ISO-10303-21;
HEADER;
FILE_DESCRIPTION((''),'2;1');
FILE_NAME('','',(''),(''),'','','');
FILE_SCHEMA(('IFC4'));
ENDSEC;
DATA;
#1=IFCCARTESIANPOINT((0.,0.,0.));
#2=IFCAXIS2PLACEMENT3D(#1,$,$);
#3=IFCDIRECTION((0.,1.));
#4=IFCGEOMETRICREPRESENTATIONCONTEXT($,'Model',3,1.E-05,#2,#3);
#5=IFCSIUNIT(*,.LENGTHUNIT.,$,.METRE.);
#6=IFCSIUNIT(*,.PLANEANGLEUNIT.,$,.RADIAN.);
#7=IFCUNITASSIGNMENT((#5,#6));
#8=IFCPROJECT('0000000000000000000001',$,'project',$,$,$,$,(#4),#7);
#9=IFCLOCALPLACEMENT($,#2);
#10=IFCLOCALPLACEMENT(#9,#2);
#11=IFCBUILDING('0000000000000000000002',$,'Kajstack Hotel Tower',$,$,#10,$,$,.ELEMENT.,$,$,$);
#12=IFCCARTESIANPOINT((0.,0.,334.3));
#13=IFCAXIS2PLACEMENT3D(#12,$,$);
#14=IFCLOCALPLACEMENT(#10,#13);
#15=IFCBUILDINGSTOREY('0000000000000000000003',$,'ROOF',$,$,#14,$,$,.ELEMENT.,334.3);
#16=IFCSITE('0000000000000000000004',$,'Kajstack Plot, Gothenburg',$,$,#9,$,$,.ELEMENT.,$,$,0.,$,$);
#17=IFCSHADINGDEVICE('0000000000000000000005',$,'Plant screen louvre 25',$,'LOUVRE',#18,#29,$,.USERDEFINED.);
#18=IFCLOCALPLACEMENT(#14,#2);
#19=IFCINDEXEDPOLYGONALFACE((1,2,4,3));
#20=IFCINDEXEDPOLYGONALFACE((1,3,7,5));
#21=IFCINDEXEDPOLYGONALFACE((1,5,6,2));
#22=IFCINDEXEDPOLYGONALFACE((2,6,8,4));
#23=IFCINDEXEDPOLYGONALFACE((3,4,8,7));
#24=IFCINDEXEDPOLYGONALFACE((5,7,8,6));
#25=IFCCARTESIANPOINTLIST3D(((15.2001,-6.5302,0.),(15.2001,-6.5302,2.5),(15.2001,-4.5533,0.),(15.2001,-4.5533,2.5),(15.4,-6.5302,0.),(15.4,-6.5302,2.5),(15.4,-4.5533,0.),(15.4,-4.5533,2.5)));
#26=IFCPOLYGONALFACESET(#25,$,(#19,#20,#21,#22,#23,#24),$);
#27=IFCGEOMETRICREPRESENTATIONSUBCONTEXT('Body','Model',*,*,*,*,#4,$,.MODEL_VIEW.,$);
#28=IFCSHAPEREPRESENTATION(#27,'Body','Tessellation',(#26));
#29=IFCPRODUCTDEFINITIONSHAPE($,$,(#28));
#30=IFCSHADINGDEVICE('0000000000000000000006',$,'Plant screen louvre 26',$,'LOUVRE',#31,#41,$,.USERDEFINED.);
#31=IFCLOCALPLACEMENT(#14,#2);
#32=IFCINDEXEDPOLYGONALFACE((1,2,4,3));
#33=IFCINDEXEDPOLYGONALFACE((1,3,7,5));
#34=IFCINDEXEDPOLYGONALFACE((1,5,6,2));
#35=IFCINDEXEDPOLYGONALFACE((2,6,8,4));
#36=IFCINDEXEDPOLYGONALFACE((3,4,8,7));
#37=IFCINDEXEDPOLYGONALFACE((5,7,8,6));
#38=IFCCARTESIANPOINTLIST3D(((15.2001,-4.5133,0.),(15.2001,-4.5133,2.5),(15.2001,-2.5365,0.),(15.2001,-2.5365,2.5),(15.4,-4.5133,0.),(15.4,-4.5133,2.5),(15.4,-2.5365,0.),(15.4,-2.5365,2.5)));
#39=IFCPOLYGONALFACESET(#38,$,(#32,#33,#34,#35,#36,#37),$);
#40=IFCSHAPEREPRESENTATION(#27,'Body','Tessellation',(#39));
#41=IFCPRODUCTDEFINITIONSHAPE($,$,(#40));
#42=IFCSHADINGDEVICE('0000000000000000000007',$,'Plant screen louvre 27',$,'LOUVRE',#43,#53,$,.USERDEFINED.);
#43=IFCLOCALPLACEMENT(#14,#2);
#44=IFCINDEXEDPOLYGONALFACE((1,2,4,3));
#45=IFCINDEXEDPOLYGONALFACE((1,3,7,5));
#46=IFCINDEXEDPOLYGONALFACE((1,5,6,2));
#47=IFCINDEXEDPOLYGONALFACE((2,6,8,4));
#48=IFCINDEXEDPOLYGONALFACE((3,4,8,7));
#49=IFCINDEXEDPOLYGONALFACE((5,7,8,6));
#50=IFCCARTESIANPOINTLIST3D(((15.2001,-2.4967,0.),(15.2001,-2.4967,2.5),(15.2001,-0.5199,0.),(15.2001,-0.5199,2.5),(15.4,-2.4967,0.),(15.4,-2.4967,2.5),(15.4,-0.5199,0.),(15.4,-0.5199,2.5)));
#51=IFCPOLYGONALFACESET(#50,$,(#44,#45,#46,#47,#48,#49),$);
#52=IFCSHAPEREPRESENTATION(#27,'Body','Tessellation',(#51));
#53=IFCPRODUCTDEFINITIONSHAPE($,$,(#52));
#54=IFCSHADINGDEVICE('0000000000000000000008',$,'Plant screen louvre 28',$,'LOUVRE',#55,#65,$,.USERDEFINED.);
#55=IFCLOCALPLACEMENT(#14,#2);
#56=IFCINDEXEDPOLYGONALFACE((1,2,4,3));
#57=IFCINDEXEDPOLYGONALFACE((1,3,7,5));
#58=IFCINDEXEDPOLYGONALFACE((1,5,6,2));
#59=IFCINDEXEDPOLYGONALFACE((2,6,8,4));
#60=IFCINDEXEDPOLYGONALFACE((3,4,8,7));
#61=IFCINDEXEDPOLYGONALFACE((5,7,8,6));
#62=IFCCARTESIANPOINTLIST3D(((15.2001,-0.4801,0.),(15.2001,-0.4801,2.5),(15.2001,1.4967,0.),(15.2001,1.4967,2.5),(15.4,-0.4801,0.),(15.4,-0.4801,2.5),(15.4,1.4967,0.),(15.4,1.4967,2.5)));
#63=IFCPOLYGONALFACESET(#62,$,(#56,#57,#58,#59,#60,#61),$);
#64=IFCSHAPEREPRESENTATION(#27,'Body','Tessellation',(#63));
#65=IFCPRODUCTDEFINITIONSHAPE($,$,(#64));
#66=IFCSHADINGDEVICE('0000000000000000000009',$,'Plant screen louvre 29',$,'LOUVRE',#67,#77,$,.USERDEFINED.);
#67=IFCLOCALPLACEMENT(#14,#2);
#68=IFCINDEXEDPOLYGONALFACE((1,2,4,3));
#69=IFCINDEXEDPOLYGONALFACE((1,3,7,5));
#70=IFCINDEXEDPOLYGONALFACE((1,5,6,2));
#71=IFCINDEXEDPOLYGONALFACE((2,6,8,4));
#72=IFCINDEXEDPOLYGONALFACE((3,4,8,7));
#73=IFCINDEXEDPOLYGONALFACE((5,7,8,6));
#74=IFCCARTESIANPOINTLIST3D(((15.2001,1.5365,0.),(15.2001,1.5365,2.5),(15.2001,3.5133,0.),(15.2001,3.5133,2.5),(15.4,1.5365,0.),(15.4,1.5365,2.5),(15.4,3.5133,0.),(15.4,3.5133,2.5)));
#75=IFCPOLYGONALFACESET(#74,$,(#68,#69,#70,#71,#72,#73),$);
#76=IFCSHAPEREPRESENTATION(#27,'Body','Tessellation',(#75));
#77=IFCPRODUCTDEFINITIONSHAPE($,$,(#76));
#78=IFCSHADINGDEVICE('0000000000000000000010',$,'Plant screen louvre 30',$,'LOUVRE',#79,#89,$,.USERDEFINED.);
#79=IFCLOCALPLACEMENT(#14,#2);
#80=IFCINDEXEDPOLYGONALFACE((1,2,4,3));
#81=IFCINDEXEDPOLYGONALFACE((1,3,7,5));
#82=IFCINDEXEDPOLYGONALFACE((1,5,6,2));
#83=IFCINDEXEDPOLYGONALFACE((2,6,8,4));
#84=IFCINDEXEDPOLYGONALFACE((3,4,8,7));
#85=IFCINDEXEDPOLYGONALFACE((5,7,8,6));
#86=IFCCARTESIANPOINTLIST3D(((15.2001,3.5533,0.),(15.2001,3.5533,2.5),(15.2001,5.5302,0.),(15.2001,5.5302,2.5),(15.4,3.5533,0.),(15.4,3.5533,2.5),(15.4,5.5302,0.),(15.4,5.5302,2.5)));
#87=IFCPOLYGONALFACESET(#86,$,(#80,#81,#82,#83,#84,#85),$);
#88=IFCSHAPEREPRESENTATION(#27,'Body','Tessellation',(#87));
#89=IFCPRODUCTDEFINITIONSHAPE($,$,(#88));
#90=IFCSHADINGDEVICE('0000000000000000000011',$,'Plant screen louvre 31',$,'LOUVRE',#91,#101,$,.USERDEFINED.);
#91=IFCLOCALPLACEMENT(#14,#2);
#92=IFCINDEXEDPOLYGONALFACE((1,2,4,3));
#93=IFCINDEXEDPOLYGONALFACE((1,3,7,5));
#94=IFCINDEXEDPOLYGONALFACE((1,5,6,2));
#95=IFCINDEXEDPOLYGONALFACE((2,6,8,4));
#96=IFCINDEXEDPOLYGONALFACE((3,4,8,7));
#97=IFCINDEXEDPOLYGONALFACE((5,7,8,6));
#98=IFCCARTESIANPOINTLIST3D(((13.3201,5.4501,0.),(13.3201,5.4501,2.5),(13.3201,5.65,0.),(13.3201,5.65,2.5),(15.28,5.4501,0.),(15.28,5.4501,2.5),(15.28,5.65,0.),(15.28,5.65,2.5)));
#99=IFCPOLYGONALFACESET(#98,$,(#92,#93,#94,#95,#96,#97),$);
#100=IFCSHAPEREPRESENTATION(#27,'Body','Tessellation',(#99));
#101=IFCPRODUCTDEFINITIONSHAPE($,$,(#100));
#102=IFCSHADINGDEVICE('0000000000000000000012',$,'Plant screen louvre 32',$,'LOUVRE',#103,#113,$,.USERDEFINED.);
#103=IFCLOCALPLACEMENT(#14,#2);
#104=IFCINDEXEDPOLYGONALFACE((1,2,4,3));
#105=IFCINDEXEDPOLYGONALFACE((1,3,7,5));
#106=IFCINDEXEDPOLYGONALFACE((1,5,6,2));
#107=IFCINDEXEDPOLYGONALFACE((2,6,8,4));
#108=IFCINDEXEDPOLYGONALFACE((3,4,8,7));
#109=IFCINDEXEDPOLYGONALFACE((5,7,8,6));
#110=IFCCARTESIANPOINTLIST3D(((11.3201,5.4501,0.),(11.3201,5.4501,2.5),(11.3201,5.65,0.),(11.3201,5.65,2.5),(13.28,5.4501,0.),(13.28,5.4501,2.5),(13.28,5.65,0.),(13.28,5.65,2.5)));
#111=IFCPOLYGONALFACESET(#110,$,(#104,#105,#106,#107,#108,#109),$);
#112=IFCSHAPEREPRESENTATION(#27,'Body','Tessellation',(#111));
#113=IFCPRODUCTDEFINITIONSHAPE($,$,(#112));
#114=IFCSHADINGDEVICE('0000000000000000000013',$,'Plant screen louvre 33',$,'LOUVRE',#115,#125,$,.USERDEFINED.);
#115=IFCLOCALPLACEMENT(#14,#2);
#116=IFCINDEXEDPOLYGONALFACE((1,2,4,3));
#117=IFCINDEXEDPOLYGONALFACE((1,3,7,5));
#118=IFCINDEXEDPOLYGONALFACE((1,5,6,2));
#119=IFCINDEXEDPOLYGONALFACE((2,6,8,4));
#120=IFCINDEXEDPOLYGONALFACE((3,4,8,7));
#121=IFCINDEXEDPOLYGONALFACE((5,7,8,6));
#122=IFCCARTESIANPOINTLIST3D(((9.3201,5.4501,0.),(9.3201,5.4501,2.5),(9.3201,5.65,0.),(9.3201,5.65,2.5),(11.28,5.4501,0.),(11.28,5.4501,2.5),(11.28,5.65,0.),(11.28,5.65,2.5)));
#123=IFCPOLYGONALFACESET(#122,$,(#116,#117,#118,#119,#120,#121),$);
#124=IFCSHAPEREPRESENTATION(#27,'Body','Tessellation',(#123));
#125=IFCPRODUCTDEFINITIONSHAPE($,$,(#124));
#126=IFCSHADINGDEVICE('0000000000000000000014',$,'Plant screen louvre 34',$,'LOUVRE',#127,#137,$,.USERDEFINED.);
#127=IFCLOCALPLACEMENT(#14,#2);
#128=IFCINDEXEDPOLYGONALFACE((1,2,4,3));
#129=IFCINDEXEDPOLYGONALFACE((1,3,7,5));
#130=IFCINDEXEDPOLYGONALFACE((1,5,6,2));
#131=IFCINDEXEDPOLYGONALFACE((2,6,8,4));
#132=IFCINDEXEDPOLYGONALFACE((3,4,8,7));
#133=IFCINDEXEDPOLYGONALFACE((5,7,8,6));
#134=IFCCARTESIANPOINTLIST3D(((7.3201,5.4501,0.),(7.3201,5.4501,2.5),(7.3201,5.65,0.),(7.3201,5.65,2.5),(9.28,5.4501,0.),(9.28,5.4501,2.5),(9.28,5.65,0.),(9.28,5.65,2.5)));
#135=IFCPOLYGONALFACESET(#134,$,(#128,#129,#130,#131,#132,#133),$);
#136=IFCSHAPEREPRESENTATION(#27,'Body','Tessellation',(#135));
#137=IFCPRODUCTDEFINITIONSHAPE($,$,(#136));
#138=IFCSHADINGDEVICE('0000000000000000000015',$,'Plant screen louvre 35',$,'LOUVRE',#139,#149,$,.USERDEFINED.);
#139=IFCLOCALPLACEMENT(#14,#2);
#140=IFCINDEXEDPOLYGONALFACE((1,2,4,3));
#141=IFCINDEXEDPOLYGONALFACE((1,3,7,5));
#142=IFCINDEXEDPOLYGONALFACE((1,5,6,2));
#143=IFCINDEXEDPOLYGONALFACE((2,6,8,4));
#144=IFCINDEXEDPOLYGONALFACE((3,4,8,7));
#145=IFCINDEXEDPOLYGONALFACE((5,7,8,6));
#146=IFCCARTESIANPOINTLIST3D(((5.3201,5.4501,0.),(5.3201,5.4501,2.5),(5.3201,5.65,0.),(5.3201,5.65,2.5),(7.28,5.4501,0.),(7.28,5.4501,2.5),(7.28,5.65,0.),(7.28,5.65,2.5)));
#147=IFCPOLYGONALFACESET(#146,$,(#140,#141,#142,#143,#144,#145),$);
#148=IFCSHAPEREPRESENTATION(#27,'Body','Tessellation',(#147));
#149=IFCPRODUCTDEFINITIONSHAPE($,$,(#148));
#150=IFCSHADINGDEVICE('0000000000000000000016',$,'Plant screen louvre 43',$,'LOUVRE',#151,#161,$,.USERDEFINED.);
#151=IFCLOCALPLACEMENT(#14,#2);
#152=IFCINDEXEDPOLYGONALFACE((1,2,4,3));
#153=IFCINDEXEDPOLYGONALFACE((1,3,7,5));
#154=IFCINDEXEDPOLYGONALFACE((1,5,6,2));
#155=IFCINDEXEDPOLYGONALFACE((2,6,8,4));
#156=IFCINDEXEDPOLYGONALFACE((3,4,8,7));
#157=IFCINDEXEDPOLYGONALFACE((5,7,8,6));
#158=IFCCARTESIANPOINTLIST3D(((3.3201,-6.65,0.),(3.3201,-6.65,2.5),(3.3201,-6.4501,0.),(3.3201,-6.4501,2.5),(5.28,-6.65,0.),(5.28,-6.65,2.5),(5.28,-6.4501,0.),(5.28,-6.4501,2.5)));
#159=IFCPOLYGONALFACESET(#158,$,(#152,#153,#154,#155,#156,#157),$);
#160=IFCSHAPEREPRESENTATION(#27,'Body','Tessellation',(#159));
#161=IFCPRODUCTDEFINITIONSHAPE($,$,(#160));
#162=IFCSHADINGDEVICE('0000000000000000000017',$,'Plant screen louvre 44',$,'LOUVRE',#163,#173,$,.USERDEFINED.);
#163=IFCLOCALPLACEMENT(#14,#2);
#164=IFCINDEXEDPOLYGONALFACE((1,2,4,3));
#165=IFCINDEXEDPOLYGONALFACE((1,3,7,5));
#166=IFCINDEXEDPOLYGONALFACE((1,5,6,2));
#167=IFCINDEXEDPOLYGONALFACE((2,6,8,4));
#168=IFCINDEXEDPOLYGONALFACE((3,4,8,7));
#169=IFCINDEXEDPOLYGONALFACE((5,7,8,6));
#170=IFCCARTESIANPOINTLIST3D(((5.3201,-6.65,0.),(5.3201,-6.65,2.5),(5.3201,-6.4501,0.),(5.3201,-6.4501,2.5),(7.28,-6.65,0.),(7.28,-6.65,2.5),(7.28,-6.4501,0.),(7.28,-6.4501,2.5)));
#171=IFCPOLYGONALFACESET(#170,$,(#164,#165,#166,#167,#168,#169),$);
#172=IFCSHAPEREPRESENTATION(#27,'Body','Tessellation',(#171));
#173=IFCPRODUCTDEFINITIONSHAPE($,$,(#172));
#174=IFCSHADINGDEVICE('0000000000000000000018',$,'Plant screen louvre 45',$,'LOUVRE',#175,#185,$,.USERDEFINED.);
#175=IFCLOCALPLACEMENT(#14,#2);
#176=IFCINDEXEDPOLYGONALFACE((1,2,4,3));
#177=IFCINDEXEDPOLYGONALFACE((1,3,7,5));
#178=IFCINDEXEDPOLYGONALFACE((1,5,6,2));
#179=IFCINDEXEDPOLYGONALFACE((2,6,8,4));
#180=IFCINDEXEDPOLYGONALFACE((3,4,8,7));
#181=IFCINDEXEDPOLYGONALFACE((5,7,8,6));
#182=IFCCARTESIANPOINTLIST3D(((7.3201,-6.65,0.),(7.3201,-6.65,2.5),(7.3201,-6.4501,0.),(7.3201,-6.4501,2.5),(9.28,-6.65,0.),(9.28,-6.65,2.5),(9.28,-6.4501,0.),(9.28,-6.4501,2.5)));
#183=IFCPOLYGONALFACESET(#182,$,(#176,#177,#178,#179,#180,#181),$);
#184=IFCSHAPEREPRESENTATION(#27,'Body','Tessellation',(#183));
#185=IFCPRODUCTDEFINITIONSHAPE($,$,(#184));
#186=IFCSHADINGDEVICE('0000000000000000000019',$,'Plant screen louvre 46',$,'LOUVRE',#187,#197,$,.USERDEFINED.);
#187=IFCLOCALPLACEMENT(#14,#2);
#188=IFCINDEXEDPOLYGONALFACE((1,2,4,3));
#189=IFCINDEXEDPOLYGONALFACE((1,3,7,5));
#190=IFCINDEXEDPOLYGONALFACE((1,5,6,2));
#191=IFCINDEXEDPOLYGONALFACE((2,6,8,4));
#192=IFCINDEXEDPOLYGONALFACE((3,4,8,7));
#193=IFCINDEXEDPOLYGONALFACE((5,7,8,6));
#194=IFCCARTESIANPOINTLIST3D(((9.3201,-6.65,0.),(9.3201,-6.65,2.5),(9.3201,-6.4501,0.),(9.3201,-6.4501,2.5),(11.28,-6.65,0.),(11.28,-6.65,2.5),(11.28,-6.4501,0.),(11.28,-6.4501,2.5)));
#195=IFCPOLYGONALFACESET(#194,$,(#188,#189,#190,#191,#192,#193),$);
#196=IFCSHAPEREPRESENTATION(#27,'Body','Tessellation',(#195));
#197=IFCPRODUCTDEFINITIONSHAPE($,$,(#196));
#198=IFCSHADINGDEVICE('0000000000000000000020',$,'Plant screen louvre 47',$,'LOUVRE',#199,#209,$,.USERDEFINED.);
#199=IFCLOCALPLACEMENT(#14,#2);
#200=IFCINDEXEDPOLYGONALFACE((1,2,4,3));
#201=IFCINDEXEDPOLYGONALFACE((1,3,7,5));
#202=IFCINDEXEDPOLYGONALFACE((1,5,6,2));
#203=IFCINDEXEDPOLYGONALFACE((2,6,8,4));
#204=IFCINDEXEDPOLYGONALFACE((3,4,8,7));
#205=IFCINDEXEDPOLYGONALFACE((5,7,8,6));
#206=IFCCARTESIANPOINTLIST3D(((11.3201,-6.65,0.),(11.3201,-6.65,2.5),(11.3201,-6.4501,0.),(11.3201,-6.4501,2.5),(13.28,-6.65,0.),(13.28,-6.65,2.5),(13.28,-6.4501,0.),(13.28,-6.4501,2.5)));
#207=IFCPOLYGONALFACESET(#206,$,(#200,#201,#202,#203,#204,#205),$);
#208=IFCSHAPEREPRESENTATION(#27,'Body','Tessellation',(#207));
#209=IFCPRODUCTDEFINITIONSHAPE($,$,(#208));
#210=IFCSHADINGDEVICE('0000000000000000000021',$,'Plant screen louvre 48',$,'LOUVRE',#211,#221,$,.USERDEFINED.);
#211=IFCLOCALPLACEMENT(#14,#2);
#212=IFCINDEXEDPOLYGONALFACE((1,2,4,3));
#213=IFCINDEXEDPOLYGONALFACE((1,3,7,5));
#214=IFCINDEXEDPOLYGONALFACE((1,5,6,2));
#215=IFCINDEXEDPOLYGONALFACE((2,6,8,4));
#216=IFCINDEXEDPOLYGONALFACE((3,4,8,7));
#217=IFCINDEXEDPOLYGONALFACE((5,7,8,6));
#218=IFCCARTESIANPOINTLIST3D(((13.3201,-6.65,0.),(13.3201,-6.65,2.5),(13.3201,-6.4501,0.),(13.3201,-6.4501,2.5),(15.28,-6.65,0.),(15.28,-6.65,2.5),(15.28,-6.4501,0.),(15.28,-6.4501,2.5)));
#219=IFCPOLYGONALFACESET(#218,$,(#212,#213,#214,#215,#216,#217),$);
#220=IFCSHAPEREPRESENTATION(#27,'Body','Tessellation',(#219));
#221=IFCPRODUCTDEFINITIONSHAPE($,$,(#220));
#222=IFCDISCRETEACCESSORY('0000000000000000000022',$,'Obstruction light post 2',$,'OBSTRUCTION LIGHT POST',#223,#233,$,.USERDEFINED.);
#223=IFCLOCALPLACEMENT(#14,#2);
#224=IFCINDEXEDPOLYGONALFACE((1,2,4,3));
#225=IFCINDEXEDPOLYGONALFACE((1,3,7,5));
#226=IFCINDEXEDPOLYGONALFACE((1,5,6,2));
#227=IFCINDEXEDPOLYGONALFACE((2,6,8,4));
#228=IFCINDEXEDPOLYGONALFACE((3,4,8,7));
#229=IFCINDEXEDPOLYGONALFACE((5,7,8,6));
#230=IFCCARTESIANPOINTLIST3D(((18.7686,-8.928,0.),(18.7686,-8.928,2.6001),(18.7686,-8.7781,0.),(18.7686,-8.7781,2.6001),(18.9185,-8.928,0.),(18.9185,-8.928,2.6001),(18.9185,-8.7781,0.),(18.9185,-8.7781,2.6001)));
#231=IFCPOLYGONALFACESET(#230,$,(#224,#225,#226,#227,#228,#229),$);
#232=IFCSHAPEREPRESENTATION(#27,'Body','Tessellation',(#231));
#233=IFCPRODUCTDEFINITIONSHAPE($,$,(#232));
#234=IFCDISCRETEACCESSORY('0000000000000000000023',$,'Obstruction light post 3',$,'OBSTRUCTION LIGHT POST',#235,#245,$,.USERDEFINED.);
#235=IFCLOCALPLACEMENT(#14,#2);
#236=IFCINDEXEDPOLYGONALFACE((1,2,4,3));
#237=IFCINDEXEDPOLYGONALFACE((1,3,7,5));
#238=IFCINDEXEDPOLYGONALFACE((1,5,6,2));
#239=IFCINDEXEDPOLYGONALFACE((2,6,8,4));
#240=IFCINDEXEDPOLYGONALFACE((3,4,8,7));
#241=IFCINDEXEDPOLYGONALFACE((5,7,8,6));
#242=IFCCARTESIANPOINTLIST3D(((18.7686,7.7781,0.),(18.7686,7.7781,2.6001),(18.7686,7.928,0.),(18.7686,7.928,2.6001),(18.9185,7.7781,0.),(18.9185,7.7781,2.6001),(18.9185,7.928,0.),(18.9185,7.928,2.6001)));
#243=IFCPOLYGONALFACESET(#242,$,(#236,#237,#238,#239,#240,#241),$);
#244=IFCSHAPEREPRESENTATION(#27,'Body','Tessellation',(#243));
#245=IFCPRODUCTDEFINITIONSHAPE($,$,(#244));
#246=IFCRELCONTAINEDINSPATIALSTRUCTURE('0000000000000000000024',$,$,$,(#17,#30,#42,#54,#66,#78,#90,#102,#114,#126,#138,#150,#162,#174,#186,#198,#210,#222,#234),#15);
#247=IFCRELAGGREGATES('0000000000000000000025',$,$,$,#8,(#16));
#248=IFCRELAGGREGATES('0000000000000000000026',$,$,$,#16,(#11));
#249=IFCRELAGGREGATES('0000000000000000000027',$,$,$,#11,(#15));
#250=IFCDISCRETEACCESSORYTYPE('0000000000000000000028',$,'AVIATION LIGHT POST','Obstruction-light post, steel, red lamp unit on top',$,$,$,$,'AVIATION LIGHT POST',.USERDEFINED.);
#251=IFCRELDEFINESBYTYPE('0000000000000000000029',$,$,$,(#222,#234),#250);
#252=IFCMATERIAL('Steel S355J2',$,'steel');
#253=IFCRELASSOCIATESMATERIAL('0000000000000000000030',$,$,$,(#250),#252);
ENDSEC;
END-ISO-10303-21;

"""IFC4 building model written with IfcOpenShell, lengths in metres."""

from ifc_helpers import new_model, si_unit, direction, frame, origin, origin_2d, place, context, subcontext, project, spatial, rectangle, extrude, material, type_object, element, save


model = new_model("IFC4")

# Units and contexts
model_context = context("Model", 3, precision=1e-05, world=origin(), true_north=direction((0.0, 1.0)))
body_context = subcontext(model_context, "Body", "Model", "MODEL_VIEW")
ifc_project = project(units=[si_unit("LENGTHUNIT", "METRE"), si_unit("PLANEANGLEUNIT", "RADIAN")], contexts=[model_context])

# Site, building, storey
site_placement = place(None, origin())
site = spatial("IfcSite", under=ifc_project, at=site_placement, Name="Kajstack Plot, Gothenburg", CompositionType="ELEMENT", RefElevation=0.0)
building_placement = place(site_placement, origin())
building = spatial("IfcBuilding", under=site, at=building_placement, Name="Kajstack Hotel Tower", CompositionType="ELEMENT")
storey_placement = place(building_placement, frame((0.0, 0.0, 334.3)))
storey = spatial("IfcBuildingStorey", under=building, at=storey_placement, Name="ROOF", CompositionType="ELEMENT", Elevation=334.3)

# Shading devices
for number, where, z_axis, x_axis, name in (
    (1, (15.3, -5.5417, 0.0), (0.0, 0.0, 1.0), (0.0, 1.0, 0.0), "Plant screen louvre 25"),
    (2, (15.3, -3.5249, 0.0), (0.0, 0.0, 1.0), (0.0, 1.0, 0.0), "Plant screen louvre 26"),
    (3, (15.3, -1.5083, 0.0), (0.0, 0.0, 1.0), (0.0, 1.0, 0.0), "Plant screen louvre 27"),
    (4, (15.3, 0.5083, 0.0), (0.0, 0.0, 1.0), (0.0, 1.0, 0.0), "Plant screen louvre 28"),
    (5, (15.3, 2.5249, 0.0), (0.0, 0.0, 1.0), (0.0, 1.0, 0.0), "Plant screen louvre 29"),
    (6, (15.3, 4.5417, 0.0), (0.0, 0.0, 1.0), (0.0, 1.0, 0.0), "Plant screen louvre 30"),
):
    element("IfcShadingDevice", number, at=place(storey_placement, frame(where, z_axis=z_axis, x_axis=x_axis)), inside=storey, Name=name, ObjectType="LOUVRE", PredefinedType="USERDEFINED", context=body_context, shape_type="SweptSolid", body=[
        extrude(rectangle(XDim=1.9768, YDim=0.2, at=origin_2d()), origin(), (0.0, 0.0, 1.0), 2.5),
    ])
for number, where, z_axis, x_axis, name in (
    (7, (14.3, 5.55, 0.0), (0.0, 0.0, 1.0), (-1.0, 0.0, 0.0), "Plant screen louvre 31"),
    (8, (12.3, 5.55, 0.0), (0.0, 0.0, 1.0), (-1.0, 0.0, 0.0), "Plant screen louvre 32"),
    (9, (10.3, 5.55, 0.0), (0.0, 0.0, 1.0), (-1.0, 0.0, 0.0), "Plant screen louvre 33"),
    (10, (8.3, 5.55, 0.0), (0.0, 0.0, 1.0), (-1.0, 0.0, 0.0), "Plant screen louvre 34"),
    (11, (6.3, 5.55, 0.0), (0.0, 0.0, 1.0), (-1.0, 0.0, 0.0), "Plant screen louvre 35"),
    (12, (4.3, -6.55, 0.0), (0.0, 0.0, 1.0), (1.0, 0.0, 0.0), "Plant screen louvre 43"),
    (13, (6.3, -6.55, 0.0), (0.0, 0.0, 1.0), (1.0, 0.0, 0.0), "Plant screen louvre 44"),
    (14, (8.3, -6.55, 0.0), (0.0, 0.0, 1.0), (1.0, 0.0, 0.0), "Plant screen louvre 45"),
    (15, (10.3, -6.55, 0.0), (0.0, 0.0, 1.0), (1.0, 0.0, 0.0), "Plant screen louvre 46"),
    (16, (12.3, -6.55, 0.0), (0.0, 0.0, 1.0), (1.0, 0.0, 0.0), "Plant screen louvre 47"),
    (17, (14.3, -6.55, 0.0), (0.0, 0.0, 1.0), (1.0, 0.0, 0.0), "Plant screen louvre 48"),
):
    element("IfcShadingDevice", number, at=place(storey_placement, frame(where, z_axis=z_axis, x_axis=x_axis)), inside=storey, Name=name, ObjectType="LOUVRE", PredefinedType="USERDEFINED", context=body_context, shape_type="SweptSolid", body=[
        extrude(rectangle(XDim=1.96, YDim=0.2, at=origin_2d()), origin(), (0.0, 0.0, 1.0), 2.5),
    ])

# Discrete accessories
ifc_material = material(Name="Steel S355J2", Category="steel")
discrete_accessory_type_1 = type_object("IfcDiscreteAccessoryType", Name="AVIATION LIGHT POST", Description="Obstruction-light post, steel, red lamp unit on top", ElementType="AVIATION LIGHT POST", PredefinedType="USERDEFINED", material=ifc_material)
for number, where, z_axis, x_axis, name in (
    (18, (18.8435, -8.853, 0.0), (0.0, 0.0, 1.0), (1.0, 0.0, 0.0), "Obstruction light post 2"),
    (19, (18.8435, 7.853, 0.0), (0.0, 0.0, 1.0), (1.0, 0.0, 0.0), "Obstruction light post 3"),
):
    element("IfcDiscreteAccessory", number, at=place(storey_placement, frame(where, z_axis=z_axis, x_axis=x_axis)), inside=storey, type_object=discrete_accessory_type_1, Name=name, ObjectType="OBSTRUCTION LIGHT POST", PredefinedType="USERDEFINED", context=body_context, shape_type="SweptSolid", body=[
        extrude(rectangle(XDim=0.1499, YDim=0.1499, at=origin_2d()), origin(), (0.0, 0.0, 1.0), 2.6001),
    ])

save(model, "model.ifc")
